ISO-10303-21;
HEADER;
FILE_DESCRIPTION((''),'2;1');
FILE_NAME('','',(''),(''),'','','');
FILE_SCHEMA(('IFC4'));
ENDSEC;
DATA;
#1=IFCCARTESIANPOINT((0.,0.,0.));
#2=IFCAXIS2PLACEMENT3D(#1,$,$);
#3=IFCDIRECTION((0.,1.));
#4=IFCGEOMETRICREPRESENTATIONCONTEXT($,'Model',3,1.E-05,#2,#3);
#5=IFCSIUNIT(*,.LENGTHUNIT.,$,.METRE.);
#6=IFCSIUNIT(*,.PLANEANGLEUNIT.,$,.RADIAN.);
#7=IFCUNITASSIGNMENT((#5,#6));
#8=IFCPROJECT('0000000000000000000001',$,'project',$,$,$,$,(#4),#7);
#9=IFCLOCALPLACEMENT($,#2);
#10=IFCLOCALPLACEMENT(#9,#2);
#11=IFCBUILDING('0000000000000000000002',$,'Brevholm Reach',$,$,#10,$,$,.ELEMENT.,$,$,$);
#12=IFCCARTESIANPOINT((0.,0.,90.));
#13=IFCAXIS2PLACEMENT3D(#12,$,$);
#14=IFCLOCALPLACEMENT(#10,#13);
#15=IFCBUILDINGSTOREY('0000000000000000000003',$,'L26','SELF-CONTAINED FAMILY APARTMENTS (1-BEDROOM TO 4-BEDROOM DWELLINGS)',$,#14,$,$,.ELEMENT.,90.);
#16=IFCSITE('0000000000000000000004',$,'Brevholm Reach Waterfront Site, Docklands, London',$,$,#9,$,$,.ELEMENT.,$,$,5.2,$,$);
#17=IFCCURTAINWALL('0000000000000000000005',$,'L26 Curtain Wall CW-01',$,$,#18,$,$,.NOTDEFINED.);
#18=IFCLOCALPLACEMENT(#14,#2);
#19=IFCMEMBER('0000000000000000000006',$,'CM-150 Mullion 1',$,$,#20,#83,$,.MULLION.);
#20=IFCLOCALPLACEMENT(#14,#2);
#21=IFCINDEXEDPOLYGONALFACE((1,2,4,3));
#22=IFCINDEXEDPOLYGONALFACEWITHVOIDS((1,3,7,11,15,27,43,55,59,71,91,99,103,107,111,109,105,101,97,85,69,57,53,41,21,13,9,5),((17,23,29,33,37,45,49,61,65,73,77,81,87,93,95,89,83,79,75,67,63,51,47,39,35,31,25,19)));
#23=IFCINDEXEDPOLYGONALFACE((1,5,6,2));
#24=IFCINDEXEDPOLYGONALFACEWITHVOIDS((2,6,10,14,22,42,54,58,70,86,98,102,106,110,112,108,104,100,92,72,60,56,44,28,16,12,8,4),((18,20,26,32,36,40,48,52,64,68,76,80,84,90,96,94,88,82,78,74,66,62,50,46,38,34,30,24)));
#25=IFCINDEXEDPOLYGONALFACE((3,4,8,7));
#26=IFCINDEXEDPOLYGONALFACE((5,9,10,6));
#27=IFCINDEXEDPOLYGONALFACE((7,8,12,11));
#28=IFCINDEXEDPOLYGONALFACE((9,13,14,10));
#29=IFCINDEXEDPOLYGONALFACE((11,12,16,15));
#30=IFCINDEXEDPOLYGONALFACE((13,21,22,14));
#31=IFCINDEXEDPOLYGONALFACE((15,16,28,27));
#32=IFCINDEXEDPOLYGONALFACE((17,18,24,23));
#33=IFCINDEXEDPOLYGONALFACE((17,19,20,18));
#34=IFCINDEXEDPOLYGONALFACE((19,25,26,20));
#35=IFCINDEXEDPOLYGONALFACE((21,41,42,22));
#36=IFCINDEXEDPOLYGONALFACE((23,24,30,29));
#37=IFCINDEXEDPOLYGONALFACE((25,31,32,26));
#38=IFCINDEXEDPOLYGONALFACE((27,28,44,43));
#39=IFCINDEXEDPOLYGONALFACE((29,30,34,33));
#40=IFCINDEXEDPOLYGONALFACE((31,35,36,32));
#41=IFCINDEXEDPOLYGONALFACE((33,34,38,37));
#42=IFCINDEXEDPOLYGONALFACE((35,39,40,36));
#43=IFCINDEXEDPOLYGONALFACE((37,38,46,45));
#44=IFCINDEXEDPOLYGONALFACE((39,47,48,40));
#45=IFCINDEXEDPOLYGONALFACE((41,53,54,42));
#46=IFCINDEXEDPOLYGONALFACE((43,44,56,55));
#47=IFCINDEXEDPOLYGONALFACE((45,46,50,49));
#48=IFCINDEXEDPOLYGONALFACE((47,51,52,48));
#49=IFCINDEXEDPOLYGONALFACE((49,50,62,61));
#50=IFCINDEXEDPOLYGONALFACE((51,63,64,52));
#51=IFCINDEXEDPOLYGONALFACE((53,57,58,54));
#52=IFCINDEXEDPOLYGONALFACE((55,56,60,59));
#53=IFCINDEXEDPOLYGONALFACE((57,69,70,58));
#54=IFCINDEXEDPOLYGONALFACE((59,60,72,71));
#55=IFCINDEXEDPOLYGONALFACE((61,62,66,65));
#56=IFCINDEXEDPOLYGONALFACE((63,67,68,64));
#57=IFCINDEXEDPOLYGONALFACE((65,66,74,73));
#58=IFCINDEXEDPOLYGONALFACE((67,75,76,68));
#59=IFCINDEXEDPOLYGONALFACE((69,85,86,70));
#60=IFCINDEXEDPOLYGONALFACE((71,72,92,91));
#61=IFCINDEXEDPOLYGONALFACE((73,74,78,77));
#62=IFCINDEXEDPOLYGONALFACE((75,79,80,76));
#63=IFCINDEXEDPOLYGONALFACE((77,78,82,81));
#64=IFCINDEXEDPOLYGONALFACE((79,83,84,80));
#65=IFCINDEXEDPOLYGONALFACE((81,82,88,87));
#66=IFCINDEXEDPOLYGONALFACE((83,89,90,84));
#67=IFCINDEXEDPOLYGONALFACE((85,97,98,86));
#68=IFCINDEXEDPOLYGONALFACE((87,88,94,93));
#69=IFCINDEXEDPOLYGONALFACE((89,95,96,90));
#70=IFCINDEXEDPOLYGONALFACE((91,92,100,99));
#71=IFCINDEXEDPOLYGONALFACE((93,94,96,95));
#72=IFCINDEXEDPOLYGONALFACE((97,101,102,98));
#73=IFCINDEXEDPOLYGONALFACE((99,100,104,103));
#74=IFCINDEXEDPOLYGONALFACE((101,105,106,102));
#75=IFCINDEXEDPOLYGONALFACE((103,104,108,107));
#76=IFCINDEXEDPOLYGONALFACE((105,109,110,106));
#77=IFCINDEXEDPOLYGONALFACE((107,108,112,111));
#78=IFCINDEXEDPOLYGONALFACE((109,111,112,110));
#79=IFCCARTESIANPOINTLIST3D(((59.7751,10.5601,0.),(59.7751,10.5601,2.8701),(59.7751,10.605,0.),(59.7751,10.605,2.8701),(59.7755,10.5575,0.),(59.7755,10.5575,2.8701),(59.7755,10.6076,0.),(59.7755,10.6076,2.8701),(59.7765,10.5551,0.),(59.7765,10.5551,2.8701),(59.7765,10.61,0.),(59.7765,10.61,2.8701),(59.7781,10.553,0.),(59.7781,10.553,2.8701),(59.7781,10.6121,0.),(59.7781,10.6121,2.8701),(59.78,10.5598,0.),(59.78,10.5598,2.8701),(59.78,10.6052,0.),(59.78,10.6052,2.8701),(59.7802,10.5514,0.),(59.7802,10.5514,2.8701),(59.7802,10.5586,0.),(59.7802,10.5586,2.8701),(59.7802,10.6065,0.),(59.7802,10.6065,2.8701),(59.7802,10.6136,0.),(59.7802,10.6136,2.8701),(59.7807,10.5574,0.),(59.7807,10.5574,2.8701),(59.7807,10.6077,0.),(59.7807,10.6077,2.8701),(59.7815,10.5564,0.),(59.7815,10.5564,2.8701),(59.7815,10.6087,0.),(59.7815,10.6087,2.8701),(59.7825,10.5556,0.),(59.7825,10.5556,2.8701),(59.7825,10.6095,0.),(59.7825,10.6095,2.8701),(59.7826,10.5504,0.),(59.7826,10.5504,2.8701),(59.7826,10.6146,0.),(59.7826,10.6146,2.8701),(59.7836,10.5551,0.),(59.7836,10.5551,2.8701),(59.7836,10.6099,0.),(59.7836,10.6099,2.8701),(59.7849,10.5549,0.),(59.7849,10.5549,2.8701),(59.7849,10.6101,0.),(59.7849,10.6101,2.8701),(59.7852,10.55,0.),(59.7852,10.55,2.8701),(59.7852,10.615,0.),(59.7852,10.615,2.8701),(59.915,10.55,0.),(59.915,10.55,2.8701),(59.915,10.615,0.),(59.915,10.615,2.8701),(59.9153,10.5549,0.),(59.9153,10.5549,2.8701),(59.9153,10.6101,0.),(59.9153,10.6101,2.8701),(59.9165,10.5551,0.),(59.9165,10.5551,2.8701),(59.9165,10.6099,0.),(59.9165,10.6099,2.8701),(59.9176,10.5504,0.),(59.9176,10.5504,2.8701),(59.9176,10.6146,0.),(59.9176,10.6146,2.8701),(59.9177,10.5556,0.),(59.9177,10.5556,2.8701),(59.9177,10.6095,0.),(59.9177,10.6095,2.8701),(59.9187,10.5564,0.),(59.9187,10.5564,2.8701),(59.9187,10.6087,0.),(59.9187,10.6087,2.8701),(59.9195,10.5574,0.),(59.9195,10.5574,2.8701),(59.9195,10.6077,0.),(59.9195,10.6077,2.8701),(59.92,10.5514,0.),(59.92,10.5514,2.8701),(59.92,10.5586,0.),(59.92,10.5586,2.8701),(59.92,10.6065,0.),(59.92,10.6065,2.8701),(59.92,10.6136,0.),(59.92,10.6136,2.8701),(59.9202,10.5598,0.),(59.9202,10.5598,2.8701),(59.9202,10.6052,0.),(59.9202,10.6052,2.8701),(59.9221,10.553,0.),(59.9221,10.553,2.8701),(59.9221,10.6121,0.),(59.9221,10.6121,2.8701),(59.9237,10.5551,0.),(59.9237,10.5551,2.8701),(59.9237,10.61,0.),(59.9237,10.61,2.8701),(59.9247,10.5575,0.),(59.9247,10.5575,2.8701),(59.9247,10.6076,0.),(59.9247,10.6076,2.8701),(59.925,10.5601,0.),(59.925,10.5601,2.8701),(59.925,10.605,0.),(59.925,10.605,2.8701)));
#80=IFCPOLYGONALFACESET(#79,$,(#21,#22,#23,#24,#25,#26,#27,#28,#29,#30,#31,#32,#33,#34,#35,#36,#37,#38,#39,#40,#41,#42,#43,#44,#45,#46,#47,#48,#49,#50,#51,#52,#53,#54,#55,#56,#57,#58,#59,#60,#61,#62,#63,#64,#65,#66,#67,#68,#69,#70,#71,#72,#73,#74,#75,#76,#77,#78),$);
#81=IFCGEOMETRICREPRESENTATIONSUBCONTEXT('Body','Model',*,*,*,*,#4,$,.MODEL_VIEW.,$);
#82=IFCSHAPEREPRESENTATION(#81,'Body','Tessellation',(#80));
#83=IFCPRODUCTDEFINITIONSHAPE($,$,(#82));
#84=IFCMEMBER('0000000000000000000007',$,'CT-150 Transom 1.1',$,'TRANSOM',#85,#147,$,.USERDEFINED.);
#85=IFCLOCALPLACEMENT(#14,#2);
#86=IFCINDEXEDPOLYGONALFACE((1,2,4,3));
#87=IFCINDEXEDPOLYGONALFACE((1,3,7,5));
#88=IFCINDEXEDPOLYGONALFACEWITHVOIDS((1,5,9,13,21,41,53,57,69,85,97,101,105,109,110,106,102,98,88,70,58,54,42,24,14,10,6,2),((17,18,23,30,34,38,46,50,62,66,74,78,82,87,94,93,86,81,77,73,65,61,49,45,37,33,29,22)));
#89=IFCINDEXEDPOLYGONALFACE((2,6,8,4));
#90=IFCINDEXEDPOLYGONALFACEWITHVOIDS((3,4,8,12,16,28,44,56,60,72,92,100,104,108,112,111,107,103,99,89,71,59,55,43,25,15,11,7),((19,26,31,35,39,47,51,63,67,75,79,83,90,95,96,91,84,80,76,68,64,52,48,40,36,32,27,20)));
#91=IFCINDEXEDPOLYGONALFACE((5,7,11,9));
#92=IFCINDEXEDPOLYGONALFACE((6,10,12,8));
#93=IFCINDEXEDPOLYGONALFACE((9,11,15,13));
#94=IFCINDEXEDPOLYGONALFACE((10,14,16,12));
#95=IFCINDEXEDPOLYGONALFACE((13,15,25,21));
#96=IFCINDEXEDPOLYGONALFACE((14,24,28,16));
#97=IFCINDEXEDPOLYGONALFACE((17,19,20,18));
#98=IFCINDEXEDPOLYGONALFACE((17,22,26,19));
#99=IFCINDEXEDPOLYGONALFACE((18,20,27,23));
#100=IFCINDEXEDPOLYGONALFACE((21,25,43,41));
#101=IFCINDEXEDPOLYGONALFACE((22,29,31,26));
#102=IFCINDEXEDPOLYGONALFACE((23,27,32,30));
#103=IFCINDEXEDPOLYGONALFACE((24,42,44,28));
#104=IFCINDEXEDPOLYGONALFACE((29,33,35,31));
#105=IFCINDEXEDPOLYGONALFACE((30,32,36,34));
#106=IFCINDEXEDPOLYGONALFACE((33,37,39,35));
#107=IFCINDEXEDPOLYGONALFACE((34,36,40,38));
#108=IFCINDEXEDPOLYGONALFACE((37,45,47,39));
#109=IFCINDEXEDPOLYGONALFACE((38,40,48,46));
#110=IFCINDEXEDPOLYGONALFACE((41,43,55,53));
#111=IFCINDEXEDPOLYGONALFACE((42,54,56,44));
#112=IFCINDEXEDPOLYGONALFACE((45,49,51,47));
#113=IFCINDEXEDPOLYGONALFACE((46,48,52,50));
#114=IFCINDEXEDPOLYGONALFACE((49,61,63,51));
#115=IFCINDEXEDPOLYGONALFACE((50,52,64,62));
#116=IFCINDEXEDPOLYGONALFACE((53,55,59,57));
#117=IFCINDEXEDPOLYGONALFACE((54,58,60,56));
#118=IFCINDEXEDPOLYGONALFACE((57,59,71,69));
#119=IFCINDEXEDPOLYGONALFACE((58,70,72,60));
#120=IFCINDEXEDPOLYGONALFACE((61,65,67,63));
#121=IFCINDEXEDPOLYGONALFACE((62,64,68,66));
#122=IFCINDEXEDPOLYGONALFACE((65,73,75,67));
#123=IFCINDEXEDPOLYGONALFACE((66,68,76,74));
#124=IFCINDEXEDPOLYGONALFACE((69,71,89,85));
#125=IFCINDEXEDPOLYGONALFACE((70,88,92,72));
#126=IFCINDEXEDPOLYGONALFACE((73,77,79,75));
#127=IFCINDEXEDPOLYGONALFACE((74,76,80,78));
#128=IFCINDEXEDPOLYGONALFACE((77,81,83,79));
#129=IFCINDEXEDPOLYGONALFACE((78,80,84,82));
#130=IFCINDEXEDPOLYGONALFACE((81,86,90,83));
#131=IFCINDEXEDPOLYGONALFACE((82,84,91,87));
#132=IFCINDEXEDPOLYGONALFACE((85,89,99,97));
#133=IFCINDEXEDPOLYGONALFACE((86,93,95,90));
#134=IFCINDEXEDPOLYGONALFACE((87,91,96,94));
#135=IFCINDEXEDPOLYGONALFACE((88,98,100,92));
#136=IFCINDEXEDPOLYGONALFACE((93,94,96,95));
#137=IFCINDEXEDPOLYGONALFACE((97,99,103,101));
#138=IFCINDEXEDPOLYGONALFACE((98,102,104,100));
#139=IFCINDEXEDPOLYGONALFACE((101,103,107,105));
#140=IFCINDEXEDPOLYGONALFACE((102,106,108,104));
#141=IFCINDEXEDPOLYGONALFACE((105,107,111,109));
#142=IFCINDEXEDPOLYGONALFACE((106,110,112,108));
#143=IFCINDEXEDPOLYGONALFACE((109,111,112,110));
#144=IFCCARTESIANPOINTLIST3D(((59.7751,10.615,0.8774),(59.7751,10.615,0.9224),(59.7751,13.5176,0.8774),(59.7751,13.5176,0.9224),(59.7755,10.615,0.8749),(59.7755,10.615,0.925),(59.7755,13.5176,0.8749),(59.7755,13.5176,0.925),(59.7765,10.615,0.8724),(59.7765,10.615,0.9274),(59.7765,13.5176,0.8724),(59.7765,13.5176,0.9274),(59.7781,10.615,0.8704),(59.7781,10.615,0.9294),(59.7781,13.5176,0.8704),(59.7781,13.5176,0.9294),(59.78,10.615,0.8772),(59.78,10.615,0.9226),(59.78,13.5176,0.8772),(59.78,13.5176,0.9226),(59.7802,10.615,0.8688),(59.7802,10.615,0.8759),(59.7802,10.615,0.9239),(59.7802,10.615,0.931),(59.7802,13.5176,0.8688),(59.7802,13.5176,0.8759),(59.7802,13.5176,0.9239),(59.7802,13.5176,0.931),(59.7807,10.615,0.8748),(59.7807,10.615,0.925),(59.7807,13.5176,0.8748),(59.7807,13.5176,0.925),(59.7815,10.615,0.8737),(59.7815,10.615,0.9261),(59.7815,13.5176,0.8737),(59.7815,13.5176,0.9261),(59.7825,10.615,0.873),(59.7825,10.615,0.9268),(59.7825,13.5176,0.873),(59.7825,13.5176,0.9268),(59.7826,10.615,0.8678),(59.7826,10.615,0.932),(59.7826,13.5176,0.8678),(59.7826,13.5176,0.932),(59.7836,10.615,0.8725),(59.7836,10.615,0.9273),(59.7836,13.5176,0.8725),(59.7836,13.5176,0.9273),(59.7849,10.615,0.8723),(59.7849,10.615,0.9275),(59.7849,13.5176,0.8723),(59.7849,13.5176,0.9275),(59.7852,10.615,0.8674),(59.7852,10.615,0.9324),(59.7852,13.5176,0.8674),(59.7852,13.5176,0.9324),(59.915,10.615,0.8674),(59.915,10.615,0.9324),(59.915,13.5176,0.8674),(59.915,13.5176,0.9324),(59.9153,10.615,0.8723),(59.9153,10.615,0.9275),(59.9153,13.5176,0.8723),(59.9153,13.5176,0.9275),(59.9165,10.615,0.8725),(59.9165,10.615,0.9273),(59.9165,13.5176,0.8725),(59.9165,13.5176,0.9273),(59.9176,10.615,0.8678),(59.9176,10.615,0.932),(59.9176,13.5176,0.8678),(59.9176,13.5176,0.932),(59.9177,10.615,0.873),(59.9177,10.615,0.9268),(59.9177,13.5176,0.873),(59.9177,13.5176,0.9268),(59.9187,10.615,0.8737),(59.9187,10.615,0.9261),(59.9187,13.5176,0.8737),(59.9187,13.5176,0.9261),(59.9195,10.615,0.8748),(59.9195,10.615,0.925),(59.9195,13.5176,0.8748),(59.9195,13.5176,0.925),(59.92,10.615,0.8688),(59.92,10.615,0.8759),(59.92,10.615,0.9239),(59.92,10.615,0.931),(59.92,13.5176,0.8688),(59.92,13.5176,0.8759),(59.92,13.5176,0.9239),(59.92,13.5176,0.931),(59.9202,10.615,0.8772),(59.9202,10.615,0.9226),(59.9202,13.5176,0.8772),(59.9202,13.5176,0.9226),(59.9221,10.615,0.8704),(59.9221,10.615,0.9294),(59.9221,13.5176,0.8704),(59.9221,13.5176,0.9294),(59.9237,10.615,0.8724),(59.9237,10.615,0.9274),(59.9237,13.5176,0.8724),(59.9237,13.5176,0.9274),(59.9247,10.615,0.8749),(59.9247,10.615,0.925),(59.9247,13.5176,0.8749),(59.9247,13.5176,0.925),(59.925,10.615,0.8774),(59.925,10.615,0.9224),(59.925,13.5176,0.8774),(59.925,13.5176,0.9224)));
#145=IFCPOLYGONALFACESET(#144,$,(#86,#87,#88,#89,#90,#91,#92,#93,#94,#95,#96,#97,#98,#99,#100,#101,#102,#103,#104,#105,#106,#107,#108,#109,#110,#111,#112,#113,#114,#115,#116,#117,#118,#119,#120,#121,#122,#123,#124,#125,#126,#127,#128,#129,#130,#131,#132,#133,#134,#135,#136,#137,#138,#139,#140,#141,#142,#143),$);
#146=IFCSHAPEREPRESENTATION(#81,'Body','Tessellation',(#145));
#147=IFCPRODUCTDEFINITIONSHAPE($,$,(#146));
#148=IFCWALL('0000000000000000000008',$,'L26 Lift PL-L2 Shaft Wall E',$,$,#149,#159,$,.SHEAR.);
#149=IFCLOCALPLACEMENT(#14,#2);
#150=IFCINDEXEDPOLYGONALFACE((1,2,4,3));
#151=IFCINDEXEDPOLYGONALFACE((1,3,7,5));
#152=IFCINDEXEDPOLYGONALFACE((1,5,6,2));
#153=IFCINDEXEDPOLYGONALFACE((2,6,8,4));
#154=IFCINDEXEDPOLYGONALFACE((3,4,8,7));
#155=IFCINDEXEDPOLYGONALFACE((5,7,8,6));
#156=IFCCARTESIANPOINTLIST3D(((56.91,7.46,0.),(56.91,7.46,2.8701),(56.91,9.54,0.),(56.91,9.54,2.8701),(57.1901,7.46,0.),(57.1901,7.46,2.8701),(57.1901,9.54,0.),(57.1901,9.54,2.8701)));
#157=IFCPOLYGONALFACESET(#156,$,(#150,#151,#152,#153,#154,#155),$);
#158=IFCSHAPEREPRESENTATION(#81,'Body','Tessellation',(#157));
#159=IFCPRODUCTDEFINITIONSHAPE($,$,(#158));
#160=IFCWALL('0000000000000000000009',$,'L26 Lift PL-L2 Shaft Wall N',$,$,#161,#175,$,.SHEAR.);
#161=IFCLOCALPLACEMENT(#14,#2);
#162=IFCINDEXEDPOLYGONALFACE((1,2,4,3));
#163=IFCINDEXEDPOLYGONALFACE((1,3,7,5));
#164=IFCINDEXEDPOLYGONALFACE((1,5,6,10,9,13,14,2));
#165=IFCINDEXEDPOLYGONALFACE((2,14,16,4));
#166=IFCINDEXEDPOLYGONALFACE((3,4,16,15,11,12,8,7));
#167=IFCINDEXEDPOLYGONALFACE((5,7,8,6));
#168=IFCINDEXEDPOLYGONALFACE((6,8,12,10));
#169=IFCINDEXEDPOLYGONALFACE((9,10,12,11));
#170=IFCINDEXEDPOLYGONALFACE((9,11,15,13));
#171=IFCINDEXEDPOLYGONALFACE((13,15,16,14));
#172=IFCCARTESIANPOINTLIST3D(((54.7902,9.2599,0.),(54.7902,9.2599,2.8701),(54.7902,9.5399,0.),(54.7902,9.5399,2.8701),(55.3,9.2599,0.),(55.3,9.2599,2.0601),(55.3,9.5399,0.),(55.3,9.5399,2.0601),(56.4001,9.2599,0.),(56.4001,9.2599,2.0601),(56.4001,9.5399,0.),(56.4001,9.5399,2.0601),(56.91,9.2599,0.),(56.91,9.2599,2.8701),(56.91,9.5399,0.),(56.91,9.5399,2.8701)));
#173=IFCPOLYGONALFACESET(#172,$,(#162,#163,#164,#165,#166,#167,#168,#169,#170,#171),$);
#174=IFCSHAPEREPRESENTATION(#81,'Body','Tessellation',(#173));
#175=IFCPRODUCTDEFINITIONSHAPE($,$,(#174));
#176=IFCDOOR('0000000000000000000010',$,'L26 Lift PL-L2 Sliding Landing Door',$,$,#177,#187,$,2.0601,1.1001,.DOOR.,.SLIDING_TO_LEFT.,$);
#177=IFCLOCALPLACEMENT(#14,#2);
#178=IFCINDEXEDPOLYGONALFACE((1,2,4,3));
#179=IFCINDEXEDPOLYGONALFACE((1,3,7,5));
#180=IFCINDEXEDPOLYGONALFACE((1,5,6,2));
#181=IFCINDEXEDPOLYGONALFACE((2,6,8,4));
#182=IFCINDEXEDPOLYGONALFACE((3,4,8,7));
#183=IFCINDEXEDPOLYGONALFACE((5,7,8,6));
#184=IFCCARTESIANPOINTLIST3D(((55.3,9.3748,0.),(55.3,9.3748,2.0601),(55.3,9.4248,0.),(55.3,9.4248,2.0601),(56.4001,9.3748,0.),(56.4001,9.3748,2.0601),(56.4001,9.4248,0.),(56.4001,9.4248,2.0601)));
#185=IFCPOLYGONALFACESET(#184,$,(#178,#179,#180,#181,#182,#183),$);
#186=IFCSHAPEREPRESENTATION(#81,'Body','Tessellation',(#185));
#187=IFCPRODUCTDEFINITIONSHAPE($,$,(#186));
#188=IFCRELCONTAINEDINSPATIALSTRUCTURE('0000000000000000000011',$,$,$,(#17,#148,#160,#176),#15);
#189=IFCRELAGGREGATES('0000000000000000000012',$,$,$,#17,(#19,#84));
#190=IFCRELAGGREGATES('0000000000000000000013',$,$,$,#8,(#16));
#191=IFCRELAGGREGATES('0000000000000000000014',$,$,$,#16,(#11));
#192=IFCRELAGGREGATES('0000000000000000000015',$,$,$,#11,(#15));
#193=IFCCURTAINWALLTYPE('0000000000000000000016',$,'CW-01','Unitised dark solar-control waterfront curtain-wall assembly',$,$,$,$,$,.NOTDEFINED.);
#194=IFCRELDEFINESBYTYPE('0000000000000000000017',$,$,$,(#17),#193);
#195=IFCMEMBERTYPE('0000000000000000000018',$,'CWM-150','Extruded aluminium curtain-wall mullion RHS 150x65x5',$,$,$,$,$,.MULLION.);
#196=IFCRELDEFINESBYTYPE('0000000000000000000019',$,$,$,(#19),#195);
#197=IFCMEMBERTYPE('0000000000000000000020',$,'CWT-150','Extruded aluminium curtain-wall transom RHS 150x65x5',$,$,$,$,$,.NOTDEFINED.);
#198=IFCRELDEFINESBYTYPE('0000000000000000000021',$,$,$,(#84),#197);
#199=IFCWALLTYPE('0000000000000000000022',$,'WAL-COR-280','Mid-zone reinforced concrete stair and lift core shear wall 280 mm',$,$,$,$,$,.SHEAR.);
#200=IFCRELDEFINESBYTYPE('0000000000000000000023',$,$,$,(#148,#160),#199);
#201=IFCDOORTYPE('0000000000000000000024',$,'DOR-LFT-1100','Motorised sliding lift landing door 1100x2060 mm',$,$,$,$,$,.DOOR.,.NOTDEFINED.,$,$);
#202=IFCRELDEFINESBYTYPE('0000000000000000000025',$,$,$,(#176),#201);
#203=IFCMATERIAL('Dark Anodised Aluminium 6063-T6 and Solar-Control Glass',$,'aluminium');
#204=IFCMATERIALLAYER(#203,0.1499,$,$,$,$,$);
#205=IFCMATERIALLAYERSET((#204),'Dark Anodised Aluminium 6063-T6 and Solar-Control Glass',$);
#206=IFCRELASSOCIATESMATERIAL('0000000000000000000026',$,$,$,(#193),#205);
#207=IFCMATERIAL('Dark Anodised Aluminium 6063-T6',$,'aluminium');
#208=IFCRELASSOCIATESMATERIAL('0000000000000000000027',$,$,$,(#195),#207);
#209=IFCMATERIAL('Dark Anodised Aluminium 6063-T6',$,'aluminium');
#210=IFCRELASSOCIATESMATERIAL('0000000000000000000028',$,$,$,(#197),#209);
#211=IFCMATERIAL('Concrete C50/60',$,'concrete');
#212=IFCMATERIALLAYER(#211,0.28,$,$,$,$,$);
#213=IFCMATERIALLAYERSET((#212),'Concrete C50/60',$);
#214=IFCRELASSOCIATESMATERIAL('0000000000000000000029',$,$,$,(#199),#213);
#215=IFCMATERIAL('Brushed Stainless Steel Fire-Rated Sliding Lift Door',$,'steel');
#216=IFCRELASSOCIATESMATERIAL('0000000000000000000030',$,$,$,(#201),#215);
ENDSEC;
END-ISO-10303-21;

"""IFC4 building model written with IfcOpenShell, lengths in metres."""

from ifc_helpers import new_model, si_unit, direction, frame, frame_2d, origin, origin_2d, place, context, subcontext, project, spatial, rectangle, hollow_rectangle, extrude, material, layer, layer_set, material_profile, profile_set, type_object, element, fill, aggregate, save


model = new_model("IFC4")

# Units and contexts
model_context = context("Model", 3, precision=1e-05, world=origin(), true_north=direction((0.0, 1.0)))
body_context = subcontext(model_context, "Body", "Model", "MODEL_VIEW")
ifc_project = project(units=[si_unit("LENGTHUNIT", "METRE"), si_unit("PLANEANGLEUNIT", "RADIAN")], contexts=[model_context])

# Site, building, storey
site_placement = place(None, origin())
site = spatial("IfcSite", under=ifc_project, at=site_placement, Name="Brevholm Reach Waterfront Site, Docklands, London", CompositionType="ELEMENT", RefElevation=5.2)
building_placement = place(site_placement, origin())
building = spatial("IfcBuilding", under=site, at=building_placement, Name="Brevholm Reach", CompositionType="ELEMENT")
storey_placement = place(building_placement, frame((0.0, 0.0, 90.0)))
storey = spatial("IfcBuildingStorey", under=building, at=storey_placement, Name="L26", Description="SELF-CONTAINED FAMILY APARTMENTS (1-BEDROOM TO 4-BEDROOM DWELLINGS)", CompositionType="ELEMENT", Elevation=90.0)

# Curtain wall, members
ifc_material_1 = material(Name="Dark Anodised Aluminium 6063-T6 and Solar-Control Glass", Category="aluminium")
ifc_layer_1 = layer(ifc_material_1, 0.1499)
ifc_layer_set_1 = layer_set([ifc_layer_1], Name="Dark Anodised Aluminium 6063-T6 and Solar-Control Glass")
curtain_wall_type = type_object("IfcCurtainWallType", Name="CW-01", Description="Unitised dark solar-control waterfront curtain-wall assembly", PredefinedType="NOTDEFINED", material=ifc_layer_set_1)
curtain_wall_placement = place(storey_placement, origin())
curtain_wall = element("IfcCurtainWall", 1, at=curtain_wall_placement, inside=storey, type_object=curtain_wall_type, Name="L26 Curtain Wall CW-01", PredefinedType="NOTDEFINED")
ifc_material_2 = material(Name="Dark Anodised Aluminium 6063-T6", Category="aluminium")
ifc_material_profile_1 = material_profile(ifc_material_2, hollow_rectangle(XDim=0.0649, YDim=0.1499, WallThickness=0.0049, InnerFilletRadius=0.0049, OuterFilletRadius=0.01, at=origin_2d()), Name="RHS 150x65x5")
ifc_profile_set_1 = profile_set([ifc_material_profile_1], Name="Dark Anodised Aluminium 6063-T6")
member_type_1 = type_object("IfcMemberType", Name="CWM-150", Description="Extruded aluminium curtain-wall mullion RHS 150x65x5", PredefinedType="MULLION", material=ifc_profile_set_1)
member_1_placement = place(storey_placement, frame((59.8501, 10.5825, 0.0), z_axis=(0.0, 0.0, 1.0), x_axis=(0.0, 1.0, 0.0)))
member_1 = element("IfcMember", 2, at=member_1_placement, type_object=member_type_1, Name="CM-150 Mullion 1", PredefinedType="MULLION", context=body_context, shape_type="SweptSolid", body=[
    extrude(hollow_rectangle(XDim=0.0649, YDim=0.1499, WallThickness=0.0049, InnerFilletRadius=0.0049, OuterFilletRadius=0.01, at=origin_2d()), origin(), (0.0, 0.0, 1.0), 2.8701),
])
ifc_material_3 = material(Name="Dark Anodised Aluminium 6063-T6", Category="aluminium")
ifc_material_profile_2 = material_profile(ifc_material_3, hollow_rectangle(XDim=0.0649, YDim=0.1499, WallThickness=0.0049, InnerFilletRadius=0.0049, OuterFilletRadius=0.01, at=origin_2d()), Name="RHS 150x65x5")
ifc_profile_set_2 = profile_set([ifc_material_profile_2], Name="Dark Anodised Aluminium 6063-T6")
member_type_2 = type_object("IfcMemberType", Name="CWT-150", Description="Extruded aluminium curtain-wall transom RHS 150x65x5", PredefinedType="NOTDEFINED", material=ifc_profile_set_2)
member_2_placement = place(storey_placement, frame((59.8501, 10.615, 0.8999), z_axis=(0.0, 1.0, 0.0), x_axis=(0.0, 0.0, 1.0)))
member_2 = element("IfcMember", 3, at=member_2_placement, type_object=member_type_2, Name="CT-150 Transom 1.1", ObjectType="TRANSOM", PredefinedType="USERDEFINED", context=body_context, shape_type="SweptSolid", body=[
    extrude(hollow_rectangle(XDim=0.0649, YDim=0.1499, WallThickness=0.0049, InnerFilletRadius=0.0049, OuterFilletRadius=0.01, at=origin_2d()), origin(), (0.0, 0.0, 1.0), 2.9026),
])
aggregate(curtain_wall, [member_1, member_2])

# Wall
ifc_material_4 = material(Name="Concrete C50/60", Category="concrete")
ifc_layer_2 = layer(ifc_material_4, 0.28)
ifc_layer_set_2 = layer_set([ifc_layer_2], Name="Concrete C50/60")
wall_type_1 = type_object("IfcWallType", Name="WAL-COR-280", Description="Mid-zone reinforced concrete stair and lift core shear wall 280 mm", PredefinedType="SHEAR", material=ifc_layer_set_2)
wall_1_placement = place(storey_placement, frame((57.05, 7.46, 0.0), z_axis=(0.0, 0.0, 1.0), x_axis=(0.0, 1.0, 0.0)))
element("IfcWall", 4, at=wall_1_placement, inside=storey, type_object=wall_type_1, Name="L26 Lift PL-L2 Shaft Wall E", PredefinedType="SHEAR", context=body_context, shape_type="SweptSolid", body=[
    extrude(rectangle(XDim=2.0801, YDim=0.28, at=frame_2d((1.04, 0.0))), origin(), (0.0, 0.0, 1.0), 2.8701),
])

# Wall, opening, door
wall_2_placement = place(storey_placement, frame((54.79, 9.3999, 0.0), z_axis=(0.0, 0.0, 1.0), x_axis=(1.0, 0.0, 0.0)))
wall_2 = element("IfcWall", 5, at=wall_2_placement, inside=storey, type_object=wall_type_1, Name="L26 Lift PL-L2 Shaft Wall N", PredefinedType="SHEAR", context=body_context, shape_type="SweptSolid", body=[
    extrude(rectangle(XDim=2.1199, YDim=0.28, at=frame_2d((1.0601, 0.0))), origin(), (0.0, 0.0, 1.0), 2.8701),
])
opening_1_placement = place(wall_2_placement, frame((0.51, 0.0, 0.0)))
opening_1 = element("IfcOpeningElement", 6, at=opening_1_placement, cuts=wall_2, PredefinedType="OPENING", context=body_context, shape_type="SweptSolid", body=[
    extrude(rectangle(XDim=1.1001, YDim=2.0601, at=frame_2d((0.55, 1.03))), frame((0.0, 0.1499, 0.0), z_axis=(0.0, -1.0, 0.0), x_axis=(1.0, 0.0, 0.0)), (0.0, 0.0, 1.0), 0.3),
])
ifc_material_5 = material(Name="Brushed Stainless Steel Fire-Rated Sliding Lift Door", Category="steel")
door_type_1 = type_object("IfcDoorType", Name="DOR-LFT-1100", Description="Motorised sliding lift landing door 1100x2060 mm", OperationType="NOTDEFINED", PredefinedType="DOOR", material=ifc_material_5)
door_1_placement = place(opening_1_placement, origin())
door_1 = element("IfcDoor", 7, at=door_1_placement, inside=storey, type_object=door_type_1, Name="L26 Lift PL-L2 Sliding Landing Door", OperationType="SLIDING_TO_LEFT", OverallHeight=2.0601, OverallWidth=1.1001, PredefinedType="DOOR", context=body_context, shape_type="SweptSolid", body=[
    extrude(rectangle(XDim=1.1001, YDim=2.0601, at=frame_2d((0.55, 1.03))), frame((0.0, 0.0249, 0.0), z_axis=(0.0, -1.0, 0.0), x_axis=(1.0, 0.0, 0.0)), (0.0, 0.0, 1.0), 0.05),
])
fill(opening_1, door_1)

save(model, "model.ifc")
